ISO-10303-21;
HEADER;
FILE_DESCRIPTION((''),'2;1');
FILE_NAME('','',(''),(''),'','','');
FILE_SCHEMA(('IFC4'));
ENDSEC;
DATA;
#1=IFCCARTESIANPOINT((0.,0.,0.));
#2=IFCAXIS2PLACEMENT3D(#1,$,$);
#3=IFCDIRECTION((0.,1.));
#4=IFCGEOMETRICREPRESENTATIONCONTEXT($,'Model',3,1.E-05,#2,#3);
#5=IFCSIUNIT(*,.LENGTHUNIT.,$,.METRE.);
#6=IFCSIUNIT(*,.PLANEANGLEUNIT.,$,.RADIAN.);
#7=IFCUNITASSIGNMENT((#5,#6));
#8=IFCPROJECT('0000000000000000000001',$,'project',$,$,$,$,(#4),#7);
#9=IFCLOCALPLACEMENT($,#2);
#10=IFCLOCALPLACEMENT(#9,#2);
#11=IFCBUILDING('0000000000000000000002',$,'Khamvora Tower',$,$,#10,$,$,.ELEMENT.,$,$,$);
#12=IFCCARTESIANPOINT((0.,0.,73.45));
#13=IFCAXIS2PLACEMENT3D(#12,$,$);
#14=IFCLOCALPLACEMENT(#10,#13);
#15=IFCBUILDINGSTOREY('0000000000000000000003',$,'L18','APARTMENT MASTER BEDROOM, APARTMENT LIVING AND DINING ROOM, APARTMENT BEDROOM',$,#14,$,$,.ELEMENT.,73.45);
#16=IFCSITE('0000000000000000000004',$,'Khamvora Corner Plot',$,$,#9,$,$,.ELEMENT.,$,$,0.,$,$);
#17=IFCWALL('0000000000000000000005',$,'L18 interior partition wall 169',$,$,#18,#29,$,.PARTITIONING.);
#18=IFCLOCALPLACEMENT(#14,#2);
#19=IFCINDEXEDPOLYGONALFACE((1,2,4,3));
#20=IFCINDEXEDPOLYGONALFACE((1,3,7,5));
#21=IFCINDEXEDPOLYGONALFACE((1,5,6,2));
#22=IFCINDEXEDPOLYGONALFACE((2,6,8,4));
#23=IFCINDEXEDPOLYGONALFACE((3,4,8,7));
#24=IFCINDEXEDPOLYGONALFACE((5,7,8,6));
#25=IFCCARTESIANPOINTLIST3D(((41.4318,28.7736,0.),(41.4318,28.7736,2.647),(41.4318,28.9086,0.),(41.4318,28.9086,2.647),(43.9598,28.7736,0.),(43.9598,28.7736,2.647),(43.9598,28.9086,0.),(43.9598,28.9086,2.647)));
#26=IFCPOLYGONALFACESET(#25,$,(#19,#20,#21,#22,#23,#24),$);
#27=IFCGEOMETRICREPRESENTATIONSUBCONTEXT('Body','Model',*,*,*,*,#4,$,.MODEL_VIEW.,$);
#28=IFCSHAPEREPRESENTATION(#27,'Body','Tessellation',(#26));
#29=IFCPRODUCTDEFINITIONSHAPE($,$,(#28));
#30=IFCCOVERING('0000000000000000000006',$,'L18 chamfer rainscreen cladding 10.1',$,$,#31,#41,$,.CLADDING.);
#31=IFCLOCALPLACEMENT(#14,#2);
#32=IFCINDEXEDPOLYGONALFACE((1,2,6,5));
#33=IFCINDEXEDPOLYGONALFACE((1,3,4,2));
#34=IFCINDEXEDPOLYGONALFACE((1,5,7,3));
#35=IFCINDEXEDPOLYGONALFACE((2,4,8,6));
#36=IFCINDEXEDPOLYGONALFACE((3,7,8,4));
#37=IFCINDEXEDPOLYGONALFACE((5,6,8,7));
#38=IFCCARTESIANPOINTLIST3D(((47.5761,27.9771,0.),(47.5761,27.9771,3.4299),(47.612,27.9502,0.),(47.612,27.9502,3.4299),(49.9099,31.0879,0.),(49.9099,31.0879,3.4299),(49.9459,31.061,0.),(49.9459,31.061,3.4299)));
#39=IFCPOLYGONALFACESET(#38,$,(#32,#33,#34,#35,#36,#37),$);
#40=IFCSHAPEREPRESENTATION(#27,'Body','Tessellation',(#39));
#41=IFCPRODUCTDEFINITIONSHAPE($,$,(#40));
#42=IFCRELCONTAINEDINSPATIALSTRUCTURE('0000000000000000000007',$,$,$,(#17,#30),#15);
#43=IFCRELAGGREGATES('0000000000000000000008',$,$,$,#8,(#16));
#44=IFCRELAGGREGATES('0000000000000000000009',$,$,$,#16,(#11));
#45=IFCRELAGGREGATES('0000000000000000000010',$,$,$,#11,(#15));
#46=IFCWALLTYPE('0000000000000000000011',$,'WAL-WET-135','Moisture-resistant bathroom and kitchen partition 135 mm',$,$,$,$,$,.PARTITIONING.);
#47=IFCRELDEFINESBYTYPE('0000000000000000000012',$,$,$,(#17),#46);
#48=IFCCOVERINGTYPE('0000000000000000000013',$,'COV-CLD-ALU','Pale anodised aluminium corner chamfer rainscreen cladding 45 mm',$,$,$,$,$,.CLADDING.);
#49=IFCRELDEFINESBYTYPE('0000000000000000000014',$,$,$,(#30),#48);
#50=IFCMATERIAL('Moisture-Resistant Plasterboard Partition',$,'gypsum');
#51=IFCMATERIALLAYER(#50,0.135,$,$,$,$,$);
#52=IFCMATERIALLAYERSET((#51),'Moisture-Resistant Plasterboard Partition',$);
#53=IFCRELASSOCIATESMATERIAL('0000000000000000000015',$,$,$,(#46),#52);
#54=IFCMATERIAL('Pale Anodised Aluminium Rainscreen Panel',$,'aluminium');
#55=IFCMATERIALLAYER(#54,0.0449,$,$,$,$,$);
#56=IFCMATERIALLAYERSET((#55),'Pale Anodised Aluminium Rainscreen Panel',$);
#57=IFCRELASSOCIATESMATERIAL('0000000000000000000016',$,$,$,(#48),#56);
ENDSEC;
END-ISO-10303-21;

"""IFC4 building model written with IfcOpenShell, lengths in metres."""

from ifc_helpers import new_model, si_unit, direction, frame, frame_2d, origin, origin_2d, place, context, subcontext, project, spatial, rectangle, extrude, material, layer, layer_set, type_object, element, save


model = new_model("IFC4")

# Units and contexts
model_context = context("Model", 3, precision=1e-05, world=origin(), true_north=direction((0.0, 1.0)))
body_context = subcontext(model_context, "Body", "Model", "MODEL_VIEW")
ifc_project = project(units=[si_unit("LENGTHUNIT", "METRE"), si_unit("PLANEANGLEUNIT", "RADIAN")], contexts=[model_context])

# Site, building, storey
site_placement = place(None, origin())
site = spatial("IfcSite", under=ifc_project, at=site_placement, Name="Khamvora Corner Plot", CompositionType="ELEMENT", RefElevation=0.0)
building_placement = place(site_placement, origin())
building = spatial("IfcBuilding", under=site, at=building_placement, Name="Khamvora Tower", CompositionType="ELEMENT")
storey_placement = place(building_placement, frame((0.0, 0.0, 73.45)))
storey = spatial("IfcBuildingStorey", under=building, at=storey_placement, Name="L18", Description="APARTMENT MASTER BEDROOM, APARTMENT LIVING AND DINING ROOM, APARTMENT BEDROOM", CompositionType="ELEMENT", Elevation=73.45)

# Shared definitions
ifc_material_1 = material(Name="Moisture-Resistant Plasterboard Partition", Category="gypsum")
ifc_layer_1 = layer(ifc_material_1, 0.135)
ifc_layer_set_1 = layer_set([ifc_layer_1], Name="Moisture-Resistant Plasterboard Partition")
wall_type_1 = type_object("IfcWallType", Name="WAL-WET-135", Description="Moisture-resistant bathroom and kitchen partition 135 mm", PredefinedType="PARTITIONING", material=ifc_layer_set_1)

# Wall
wall_1_placement = place(storey_placement, frame((43.96, 28.8411, 0.0), z_axis=(0.0, 0.0, 1.0), x_axis=(-1.0, 0.0, 0.0)))
element("IfcWall", 1, at=wall_1_placement, inside=storey, type_object=wall_type_1, Name="L18 interior partition wall 169", PredefinedType="PARTITIONING", context=body_context, shape_type="SweptSolid", body=[
    extrude(rectangle(XDim=2.5281, YDim=0.135, at=frame_2d((1.2642, 0.0))), origin(), (0.0, 0.0, 1.0), 2.647),
])

# Covering
ifc_material_2 = material(Name="Pale Anodised Aluminium Rainscreen Panel", Category="aluminium")
ifc_layer_2 = layer(ifc_material_2, 0.0449)
ifc_layer_set_2 = layer_set([ifc_layer_2], Name="Pale Anodised Aluminium Rainscreen Panel")
covering_type = type_object("IfcCoveringType", Name="COV-CLD-ALU", Description="Pale anodised aluminium corner chamfer rainscreen cladding 45 mm", PredefinedType="CLADDING", material=ifc_layer_set_2)
covering_placement = place(storey_placement, frame((48.761, 29.519, 0.0), z_axis=(0.0, 0.0, 1.0), x_axis=(-0.60012, -0.79991, 0.0)))
element("IfcCovering", 2, at=covering_placement, inside=storey, type_object=covering_type, Name="L18 chamfer rainscreen cladding 10.1", PredefinedType="CLADDING", context=body_context, shape_type="SweptSolid", body=[
    extrude(rectangle(XDim=3.8889, YDim=0.0449, at=origin_2d()), origin(), (0.0, 0.0, 1.0), 3.4299),
])

save(model, "model.ifc")
